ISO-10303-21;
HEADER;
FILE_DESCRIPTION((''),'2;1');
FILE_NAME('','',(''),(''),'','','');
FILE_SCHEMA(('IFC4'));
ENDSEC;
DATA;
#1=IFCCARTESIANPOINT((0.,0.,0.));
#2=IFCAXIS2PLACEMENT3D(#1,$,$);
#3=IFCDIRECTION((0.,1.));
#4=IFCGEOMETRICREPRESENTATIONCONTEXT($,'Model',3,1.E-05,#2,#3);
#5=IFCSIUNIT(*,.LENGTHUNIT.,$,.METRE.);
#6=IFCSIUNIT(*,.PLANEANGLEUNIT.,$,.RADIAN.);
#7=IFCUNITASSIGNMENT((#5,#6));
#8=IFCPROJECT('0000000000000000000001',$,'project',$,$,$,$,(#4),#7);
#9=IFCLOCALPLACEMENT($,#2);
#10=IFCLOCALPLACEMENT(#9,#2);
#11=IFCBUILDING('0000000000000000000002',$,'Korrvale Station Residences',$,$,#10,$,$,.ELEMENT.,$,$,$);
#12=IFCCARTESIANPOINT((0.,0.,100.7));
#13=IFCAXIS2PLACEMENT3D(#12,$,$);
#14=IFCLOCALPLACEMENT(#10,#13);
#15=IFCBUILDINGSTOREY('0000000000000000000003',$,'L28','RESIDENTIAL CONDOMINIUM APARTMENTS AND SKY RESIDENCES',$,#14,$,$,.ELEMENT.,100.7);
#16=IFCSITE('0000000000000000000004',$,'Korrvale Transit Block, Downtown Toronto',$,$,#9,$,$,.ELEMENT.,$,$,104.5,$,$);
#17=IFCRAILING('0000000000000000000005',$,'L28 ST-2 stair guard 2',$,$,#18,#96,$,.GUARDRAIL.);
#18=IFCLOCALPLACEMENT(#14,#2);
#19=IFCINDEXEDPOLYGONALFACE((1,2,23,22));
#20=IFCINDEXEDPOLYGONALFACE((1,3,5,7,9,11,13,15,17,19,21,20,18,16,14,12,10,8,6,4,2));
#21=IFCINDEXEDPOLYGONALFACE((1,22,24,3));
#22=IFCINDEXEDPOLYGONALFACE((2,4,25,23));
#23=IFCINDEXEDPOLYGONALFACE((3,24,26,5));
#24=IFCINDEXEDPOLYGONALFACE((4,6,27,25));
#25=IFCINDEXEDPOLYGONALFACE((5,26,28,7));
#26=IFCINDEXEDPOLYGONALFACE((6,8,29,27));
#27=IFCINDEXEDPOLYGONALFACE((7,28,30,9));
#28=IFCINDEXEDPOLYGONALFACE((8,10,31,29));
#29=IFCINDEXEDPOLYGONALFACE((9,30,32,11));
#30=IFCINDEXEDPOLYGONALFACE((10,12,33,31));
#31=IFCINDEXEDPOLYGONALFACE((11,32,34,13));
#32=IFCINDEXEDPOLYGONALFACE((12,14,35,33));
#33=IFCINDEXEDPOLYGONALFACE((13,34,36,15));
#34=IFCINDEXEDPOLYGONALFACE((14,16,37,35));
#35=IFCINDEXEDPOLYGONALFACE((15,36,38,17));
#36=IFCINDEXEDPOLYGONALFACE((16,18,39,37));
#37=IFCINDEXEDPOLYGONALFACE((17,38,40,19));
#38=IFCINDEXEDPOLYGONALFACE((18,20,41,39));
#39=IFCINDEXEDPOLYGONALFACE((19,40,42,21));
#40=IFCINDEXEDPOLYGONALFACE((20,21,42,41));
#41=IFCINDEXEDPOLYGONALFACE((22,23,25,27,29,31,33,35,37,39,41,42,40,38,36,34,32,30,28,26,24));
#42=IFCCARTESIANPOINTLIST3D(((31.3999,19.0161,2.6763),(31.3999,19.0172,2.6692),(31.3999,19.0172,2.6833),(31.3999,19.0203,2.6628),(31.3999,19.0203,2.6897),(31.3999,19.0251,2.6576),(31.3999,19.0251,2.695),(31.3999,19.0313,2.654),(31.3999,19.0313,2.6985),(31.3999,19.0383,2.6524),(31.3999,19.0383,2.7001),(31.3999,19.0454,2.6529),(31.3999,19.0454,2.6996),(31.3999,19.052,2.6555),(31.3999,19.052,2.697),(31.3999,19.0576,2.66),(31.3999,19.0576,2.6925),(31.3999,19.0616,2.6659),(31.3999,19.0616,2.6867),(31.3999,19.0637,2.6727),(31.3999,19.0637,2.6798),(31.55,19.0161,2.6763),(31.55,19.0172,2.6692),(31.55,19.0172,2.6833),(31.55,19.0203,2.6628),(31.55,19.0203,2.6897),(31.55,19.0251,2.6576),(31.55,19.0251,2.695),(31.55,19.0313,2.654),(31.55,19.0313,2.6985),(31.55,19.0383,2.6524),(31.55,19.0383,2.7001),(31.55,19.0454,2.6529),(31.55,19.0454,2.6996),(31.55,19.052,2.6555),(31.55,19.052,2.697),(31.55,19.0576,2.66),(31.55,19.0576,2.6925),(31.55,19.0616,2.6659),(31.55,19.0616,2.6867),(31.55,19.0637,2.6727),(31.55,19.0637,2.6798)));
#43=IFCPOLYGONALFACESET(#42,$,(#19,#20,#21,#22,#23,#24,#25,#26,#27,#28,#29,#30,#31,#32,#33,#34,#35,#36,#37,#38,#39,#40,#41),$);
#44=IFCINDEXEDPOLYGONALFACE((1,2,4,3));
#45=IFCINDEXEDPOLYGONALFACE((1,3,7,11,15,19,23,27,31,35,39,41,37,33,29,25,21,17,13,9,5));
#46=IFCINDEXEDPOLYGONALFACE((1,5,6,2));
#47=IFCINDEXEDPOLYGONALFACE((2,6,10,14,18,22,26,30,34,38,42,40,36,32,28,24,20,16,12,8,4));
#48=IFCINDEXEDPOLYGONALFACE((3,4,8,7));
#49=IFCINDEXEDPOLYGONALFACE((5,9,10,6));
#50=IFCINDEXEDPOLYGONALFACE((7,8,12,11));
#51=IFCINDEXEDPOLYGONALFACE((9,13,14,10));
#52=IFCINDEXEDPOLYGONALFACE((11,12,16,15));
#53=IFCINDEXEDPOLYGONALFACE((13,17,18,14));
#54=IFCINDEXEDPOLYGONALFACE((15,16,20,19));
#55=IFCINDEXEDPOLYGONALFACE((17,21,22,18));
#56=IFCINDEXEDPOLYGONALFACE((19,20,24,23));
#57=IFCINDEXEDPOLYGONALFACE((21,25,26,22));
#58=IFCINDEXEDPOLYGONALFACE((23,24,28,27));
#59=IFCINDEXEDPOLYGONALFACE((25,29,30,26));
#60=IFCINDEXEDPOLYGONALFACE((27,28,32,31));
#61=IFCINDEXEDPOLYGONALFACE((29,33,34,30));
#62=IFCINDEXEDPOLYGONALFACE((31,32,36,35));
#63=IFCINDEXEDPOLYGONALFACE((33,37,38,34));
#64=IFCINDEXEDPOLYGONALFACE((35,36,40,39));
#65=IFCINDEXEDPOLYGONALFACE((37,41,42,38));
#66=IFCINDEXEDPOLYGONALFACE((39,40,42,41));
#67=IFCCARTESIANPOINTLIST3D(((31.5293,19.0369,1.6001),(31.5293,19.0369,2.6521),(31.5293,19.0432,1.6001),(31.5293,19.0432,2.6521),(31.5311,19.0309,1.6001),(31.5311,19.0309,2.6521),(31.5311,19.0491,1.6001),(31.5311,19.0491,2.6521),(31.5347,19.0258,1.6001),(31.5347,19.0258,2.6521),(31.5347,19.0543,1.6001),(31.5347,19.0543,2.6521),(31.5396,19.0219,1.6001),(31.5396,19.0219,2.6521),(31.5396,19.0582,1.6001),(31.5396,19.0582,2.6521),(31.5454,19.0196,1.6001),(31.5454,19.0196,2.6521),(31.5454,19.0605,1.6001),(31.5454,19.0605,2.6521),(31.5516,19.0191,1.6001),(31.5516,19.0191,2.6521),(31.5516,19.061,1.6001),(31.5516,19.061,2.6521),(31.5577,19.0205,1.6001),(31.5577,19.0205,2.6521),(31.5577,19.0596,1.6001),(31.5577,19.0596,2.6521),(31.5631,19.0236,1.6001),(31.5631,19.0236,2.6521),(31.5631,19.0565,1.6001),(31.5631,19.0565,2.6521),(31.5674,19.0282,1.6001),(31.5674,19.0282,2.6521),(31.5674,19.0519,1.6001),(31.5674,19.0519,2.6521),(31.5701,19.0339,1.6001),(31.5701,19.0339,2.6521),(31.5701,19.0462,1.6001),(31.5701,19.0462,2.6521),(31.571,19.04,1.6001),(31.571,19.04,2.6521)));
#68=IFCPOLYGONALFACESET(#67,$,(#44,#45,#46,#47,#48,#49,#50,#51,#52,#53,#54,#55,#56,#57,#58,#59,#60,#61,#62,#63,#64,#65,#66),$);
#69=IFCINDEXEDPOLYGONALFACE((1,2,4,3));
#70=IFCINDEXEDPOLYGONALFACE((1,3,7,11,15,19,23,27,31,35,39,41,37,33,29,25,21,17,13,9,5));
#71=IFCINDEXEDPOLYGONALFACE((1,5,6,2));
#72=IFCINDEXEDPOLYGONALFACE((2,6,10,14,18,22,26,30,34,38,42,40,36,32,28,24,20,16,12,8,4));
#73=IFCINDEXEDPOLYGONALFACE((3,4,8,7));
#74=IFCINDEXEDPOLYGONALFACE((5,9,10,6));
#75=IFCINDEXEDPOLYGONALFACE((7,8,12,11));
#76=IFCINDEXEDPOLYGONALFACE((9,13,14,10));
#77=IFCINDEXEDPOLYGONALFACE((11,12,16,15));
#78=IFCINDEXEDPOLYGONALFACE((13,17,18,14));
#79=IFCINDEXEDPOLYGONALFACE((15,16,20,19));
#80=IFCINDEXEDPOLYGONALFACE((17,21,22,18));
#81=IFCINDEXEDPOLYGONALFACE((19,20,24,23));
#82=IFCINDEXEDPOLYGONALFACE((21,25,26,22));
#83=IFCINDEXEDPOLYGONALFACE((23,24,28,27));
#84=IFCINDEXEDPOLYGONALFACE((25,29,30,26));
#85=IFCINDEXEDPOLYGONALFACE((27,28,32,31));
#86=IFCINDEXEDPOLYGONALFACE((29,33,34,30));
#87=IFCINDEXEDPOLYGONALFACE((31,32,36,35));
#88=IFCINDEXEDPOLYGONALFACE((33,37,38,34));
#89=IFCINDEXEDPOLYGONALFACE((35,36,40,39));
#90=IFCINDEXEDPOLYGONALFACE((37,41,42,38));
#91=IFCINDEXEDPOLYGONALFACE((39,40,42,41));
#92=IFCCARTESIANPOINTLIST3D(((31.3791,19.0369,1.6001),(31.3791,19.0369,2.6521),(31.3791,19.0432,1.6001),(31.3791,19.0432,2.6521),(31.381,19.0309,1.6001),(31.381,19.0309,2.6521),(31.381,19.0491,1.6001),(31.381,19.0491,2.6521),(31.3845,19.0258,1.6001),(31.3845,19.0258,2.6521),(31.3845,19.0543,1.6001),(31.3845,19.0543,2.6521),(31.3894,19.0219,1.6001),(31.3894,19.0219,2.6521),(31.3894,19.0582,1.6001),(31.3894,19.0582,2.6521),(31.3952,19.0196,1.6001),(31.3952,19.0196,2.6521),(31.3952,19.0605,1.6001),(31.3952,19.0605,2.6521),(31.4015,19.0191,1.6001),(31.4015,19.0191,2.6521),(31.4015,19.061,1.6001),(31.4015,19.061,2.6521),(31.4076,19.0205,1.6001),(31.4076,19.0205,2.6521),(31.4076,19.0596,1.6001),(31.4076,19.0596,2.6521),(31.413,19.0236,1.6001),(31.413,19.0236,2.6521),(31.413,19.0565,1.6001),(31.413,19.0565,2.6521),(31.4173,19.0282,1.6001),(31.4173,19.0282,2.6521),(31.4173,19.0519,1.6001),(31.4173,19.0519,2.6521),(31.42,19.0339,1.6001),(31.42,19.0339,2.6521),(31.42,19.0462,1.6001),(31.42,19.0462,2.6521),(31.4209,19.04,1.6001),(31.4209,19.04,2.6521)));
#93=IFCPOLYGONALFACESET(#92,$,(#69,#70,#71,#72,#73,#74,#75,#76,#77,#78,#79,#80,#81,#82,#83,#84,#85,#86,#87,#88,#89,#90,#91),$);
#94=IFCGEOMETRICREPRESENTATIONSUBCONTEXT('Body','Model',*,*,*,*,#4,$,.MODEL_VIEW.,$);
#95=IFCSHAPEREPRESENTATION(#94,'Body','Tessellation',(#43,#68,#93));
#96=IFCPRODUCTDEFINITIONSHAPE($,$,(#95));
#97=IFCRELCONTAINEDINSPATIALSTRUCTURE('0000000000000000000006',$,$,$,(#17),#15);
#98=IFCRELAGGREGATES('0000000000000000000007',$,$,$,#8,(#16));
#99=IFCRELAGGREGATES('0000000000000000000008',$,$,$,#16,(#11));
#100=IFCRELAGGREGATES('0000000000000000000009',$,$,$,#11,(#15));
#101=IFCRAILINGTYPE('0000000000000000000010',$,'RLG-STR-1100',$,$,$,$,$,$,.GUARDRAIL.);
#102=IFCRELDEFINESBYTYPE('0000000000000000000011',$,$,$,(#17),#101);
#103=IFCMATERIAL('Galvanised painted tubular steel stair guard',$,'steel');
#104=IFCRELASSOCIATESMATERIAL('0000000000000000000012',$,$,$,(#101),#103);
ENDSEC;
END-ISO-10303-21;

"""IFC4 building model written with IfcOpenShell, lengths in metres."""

from ifc_helpers import new_model, si_unit, direction, frame, origin, origin_2d, place, context, subcontext, project, spatial, circle, extrude, material, type_object, element, save


model = new_model("IFC4")

# Units and contexts
model_context = context("Model", 3, precision=1e-05, world=origin(), true_north=direction((0.0, 1.0)))
body_context = subcontext(model_context, "Body", "Model", "MODEL_VIEW")
ifc_project = project(units=[si_unit("LENGTHUNIT", "METRE"), si_unit("PLANEANGLEUNIT", "RADIAN")], contexts=[model_context])

# Site, building, storey
site_placement = place(None, origin())
site = spatial("IfcSite", under=ifc_project, at=site_placement, Name="Korrvale Transit Block, Downtown Toronto", CompositionType="ELEMENT", RefElevation=104.5)
building_placement = place(site_placement, origin())
building = spatial("IfcBuilding", under=site, at=building_placement, Name="Korrvale Station Residences", CompositionType="ELEMENT")
storey_placement = place(building_placement, frame((0.0, 0.0, 100.7)))
storey = spatial("IfcBuildingStorey", under=building, at=storey_placement, Name="L28", Description="RESIDENTIAL CONDOMINIUM APARTMENTS AND SKY RESIDENCES", CompositionType="ELEMENT", Elevation=100.7)

# Railing
ifc_material_1 = material(Name="Galvanised painted tubular steel stair guard", Category="steel")
railing_type_1 = type_object("IfcRailingType", Name="RLG-STR-1100", PredefinedType="GUARDRAIL", material=ifc_material_1)
railing_1_placement = place(storey_placement, frame((31.55, 19.04, 1.6001)))
element("IfcRailing", 1, at=railing_1_placement, inside=storey, type_object=railing_type_1, Name="L28 ST-2 stair guard 2", PredefinedType="GUARDRAIL", context=body_context, shape_type="SweptSolid", body=[
    extrude(circle(Radius=0.0239, at=origin_2d()), frame((0.0, 0.0, 1.0762), z_axis=(-1.0, 0.0, 0.0), x_axis=(0.0, -1.0, 0.0)), (0.0, 0.0, 1.0), 0.1501),
    extrude(circle(Radius=0.021, at=origin_2d()), origin(), (0.0, 0.0, 1.0), 1.052),
    extrude(circle(Radius=0.021, at=origin_2d()), frame((-0.1501, 0.0, 0.0)), (0.0, 0.0, 1.0), 1.052),
])

save(model, "model.ifc")
